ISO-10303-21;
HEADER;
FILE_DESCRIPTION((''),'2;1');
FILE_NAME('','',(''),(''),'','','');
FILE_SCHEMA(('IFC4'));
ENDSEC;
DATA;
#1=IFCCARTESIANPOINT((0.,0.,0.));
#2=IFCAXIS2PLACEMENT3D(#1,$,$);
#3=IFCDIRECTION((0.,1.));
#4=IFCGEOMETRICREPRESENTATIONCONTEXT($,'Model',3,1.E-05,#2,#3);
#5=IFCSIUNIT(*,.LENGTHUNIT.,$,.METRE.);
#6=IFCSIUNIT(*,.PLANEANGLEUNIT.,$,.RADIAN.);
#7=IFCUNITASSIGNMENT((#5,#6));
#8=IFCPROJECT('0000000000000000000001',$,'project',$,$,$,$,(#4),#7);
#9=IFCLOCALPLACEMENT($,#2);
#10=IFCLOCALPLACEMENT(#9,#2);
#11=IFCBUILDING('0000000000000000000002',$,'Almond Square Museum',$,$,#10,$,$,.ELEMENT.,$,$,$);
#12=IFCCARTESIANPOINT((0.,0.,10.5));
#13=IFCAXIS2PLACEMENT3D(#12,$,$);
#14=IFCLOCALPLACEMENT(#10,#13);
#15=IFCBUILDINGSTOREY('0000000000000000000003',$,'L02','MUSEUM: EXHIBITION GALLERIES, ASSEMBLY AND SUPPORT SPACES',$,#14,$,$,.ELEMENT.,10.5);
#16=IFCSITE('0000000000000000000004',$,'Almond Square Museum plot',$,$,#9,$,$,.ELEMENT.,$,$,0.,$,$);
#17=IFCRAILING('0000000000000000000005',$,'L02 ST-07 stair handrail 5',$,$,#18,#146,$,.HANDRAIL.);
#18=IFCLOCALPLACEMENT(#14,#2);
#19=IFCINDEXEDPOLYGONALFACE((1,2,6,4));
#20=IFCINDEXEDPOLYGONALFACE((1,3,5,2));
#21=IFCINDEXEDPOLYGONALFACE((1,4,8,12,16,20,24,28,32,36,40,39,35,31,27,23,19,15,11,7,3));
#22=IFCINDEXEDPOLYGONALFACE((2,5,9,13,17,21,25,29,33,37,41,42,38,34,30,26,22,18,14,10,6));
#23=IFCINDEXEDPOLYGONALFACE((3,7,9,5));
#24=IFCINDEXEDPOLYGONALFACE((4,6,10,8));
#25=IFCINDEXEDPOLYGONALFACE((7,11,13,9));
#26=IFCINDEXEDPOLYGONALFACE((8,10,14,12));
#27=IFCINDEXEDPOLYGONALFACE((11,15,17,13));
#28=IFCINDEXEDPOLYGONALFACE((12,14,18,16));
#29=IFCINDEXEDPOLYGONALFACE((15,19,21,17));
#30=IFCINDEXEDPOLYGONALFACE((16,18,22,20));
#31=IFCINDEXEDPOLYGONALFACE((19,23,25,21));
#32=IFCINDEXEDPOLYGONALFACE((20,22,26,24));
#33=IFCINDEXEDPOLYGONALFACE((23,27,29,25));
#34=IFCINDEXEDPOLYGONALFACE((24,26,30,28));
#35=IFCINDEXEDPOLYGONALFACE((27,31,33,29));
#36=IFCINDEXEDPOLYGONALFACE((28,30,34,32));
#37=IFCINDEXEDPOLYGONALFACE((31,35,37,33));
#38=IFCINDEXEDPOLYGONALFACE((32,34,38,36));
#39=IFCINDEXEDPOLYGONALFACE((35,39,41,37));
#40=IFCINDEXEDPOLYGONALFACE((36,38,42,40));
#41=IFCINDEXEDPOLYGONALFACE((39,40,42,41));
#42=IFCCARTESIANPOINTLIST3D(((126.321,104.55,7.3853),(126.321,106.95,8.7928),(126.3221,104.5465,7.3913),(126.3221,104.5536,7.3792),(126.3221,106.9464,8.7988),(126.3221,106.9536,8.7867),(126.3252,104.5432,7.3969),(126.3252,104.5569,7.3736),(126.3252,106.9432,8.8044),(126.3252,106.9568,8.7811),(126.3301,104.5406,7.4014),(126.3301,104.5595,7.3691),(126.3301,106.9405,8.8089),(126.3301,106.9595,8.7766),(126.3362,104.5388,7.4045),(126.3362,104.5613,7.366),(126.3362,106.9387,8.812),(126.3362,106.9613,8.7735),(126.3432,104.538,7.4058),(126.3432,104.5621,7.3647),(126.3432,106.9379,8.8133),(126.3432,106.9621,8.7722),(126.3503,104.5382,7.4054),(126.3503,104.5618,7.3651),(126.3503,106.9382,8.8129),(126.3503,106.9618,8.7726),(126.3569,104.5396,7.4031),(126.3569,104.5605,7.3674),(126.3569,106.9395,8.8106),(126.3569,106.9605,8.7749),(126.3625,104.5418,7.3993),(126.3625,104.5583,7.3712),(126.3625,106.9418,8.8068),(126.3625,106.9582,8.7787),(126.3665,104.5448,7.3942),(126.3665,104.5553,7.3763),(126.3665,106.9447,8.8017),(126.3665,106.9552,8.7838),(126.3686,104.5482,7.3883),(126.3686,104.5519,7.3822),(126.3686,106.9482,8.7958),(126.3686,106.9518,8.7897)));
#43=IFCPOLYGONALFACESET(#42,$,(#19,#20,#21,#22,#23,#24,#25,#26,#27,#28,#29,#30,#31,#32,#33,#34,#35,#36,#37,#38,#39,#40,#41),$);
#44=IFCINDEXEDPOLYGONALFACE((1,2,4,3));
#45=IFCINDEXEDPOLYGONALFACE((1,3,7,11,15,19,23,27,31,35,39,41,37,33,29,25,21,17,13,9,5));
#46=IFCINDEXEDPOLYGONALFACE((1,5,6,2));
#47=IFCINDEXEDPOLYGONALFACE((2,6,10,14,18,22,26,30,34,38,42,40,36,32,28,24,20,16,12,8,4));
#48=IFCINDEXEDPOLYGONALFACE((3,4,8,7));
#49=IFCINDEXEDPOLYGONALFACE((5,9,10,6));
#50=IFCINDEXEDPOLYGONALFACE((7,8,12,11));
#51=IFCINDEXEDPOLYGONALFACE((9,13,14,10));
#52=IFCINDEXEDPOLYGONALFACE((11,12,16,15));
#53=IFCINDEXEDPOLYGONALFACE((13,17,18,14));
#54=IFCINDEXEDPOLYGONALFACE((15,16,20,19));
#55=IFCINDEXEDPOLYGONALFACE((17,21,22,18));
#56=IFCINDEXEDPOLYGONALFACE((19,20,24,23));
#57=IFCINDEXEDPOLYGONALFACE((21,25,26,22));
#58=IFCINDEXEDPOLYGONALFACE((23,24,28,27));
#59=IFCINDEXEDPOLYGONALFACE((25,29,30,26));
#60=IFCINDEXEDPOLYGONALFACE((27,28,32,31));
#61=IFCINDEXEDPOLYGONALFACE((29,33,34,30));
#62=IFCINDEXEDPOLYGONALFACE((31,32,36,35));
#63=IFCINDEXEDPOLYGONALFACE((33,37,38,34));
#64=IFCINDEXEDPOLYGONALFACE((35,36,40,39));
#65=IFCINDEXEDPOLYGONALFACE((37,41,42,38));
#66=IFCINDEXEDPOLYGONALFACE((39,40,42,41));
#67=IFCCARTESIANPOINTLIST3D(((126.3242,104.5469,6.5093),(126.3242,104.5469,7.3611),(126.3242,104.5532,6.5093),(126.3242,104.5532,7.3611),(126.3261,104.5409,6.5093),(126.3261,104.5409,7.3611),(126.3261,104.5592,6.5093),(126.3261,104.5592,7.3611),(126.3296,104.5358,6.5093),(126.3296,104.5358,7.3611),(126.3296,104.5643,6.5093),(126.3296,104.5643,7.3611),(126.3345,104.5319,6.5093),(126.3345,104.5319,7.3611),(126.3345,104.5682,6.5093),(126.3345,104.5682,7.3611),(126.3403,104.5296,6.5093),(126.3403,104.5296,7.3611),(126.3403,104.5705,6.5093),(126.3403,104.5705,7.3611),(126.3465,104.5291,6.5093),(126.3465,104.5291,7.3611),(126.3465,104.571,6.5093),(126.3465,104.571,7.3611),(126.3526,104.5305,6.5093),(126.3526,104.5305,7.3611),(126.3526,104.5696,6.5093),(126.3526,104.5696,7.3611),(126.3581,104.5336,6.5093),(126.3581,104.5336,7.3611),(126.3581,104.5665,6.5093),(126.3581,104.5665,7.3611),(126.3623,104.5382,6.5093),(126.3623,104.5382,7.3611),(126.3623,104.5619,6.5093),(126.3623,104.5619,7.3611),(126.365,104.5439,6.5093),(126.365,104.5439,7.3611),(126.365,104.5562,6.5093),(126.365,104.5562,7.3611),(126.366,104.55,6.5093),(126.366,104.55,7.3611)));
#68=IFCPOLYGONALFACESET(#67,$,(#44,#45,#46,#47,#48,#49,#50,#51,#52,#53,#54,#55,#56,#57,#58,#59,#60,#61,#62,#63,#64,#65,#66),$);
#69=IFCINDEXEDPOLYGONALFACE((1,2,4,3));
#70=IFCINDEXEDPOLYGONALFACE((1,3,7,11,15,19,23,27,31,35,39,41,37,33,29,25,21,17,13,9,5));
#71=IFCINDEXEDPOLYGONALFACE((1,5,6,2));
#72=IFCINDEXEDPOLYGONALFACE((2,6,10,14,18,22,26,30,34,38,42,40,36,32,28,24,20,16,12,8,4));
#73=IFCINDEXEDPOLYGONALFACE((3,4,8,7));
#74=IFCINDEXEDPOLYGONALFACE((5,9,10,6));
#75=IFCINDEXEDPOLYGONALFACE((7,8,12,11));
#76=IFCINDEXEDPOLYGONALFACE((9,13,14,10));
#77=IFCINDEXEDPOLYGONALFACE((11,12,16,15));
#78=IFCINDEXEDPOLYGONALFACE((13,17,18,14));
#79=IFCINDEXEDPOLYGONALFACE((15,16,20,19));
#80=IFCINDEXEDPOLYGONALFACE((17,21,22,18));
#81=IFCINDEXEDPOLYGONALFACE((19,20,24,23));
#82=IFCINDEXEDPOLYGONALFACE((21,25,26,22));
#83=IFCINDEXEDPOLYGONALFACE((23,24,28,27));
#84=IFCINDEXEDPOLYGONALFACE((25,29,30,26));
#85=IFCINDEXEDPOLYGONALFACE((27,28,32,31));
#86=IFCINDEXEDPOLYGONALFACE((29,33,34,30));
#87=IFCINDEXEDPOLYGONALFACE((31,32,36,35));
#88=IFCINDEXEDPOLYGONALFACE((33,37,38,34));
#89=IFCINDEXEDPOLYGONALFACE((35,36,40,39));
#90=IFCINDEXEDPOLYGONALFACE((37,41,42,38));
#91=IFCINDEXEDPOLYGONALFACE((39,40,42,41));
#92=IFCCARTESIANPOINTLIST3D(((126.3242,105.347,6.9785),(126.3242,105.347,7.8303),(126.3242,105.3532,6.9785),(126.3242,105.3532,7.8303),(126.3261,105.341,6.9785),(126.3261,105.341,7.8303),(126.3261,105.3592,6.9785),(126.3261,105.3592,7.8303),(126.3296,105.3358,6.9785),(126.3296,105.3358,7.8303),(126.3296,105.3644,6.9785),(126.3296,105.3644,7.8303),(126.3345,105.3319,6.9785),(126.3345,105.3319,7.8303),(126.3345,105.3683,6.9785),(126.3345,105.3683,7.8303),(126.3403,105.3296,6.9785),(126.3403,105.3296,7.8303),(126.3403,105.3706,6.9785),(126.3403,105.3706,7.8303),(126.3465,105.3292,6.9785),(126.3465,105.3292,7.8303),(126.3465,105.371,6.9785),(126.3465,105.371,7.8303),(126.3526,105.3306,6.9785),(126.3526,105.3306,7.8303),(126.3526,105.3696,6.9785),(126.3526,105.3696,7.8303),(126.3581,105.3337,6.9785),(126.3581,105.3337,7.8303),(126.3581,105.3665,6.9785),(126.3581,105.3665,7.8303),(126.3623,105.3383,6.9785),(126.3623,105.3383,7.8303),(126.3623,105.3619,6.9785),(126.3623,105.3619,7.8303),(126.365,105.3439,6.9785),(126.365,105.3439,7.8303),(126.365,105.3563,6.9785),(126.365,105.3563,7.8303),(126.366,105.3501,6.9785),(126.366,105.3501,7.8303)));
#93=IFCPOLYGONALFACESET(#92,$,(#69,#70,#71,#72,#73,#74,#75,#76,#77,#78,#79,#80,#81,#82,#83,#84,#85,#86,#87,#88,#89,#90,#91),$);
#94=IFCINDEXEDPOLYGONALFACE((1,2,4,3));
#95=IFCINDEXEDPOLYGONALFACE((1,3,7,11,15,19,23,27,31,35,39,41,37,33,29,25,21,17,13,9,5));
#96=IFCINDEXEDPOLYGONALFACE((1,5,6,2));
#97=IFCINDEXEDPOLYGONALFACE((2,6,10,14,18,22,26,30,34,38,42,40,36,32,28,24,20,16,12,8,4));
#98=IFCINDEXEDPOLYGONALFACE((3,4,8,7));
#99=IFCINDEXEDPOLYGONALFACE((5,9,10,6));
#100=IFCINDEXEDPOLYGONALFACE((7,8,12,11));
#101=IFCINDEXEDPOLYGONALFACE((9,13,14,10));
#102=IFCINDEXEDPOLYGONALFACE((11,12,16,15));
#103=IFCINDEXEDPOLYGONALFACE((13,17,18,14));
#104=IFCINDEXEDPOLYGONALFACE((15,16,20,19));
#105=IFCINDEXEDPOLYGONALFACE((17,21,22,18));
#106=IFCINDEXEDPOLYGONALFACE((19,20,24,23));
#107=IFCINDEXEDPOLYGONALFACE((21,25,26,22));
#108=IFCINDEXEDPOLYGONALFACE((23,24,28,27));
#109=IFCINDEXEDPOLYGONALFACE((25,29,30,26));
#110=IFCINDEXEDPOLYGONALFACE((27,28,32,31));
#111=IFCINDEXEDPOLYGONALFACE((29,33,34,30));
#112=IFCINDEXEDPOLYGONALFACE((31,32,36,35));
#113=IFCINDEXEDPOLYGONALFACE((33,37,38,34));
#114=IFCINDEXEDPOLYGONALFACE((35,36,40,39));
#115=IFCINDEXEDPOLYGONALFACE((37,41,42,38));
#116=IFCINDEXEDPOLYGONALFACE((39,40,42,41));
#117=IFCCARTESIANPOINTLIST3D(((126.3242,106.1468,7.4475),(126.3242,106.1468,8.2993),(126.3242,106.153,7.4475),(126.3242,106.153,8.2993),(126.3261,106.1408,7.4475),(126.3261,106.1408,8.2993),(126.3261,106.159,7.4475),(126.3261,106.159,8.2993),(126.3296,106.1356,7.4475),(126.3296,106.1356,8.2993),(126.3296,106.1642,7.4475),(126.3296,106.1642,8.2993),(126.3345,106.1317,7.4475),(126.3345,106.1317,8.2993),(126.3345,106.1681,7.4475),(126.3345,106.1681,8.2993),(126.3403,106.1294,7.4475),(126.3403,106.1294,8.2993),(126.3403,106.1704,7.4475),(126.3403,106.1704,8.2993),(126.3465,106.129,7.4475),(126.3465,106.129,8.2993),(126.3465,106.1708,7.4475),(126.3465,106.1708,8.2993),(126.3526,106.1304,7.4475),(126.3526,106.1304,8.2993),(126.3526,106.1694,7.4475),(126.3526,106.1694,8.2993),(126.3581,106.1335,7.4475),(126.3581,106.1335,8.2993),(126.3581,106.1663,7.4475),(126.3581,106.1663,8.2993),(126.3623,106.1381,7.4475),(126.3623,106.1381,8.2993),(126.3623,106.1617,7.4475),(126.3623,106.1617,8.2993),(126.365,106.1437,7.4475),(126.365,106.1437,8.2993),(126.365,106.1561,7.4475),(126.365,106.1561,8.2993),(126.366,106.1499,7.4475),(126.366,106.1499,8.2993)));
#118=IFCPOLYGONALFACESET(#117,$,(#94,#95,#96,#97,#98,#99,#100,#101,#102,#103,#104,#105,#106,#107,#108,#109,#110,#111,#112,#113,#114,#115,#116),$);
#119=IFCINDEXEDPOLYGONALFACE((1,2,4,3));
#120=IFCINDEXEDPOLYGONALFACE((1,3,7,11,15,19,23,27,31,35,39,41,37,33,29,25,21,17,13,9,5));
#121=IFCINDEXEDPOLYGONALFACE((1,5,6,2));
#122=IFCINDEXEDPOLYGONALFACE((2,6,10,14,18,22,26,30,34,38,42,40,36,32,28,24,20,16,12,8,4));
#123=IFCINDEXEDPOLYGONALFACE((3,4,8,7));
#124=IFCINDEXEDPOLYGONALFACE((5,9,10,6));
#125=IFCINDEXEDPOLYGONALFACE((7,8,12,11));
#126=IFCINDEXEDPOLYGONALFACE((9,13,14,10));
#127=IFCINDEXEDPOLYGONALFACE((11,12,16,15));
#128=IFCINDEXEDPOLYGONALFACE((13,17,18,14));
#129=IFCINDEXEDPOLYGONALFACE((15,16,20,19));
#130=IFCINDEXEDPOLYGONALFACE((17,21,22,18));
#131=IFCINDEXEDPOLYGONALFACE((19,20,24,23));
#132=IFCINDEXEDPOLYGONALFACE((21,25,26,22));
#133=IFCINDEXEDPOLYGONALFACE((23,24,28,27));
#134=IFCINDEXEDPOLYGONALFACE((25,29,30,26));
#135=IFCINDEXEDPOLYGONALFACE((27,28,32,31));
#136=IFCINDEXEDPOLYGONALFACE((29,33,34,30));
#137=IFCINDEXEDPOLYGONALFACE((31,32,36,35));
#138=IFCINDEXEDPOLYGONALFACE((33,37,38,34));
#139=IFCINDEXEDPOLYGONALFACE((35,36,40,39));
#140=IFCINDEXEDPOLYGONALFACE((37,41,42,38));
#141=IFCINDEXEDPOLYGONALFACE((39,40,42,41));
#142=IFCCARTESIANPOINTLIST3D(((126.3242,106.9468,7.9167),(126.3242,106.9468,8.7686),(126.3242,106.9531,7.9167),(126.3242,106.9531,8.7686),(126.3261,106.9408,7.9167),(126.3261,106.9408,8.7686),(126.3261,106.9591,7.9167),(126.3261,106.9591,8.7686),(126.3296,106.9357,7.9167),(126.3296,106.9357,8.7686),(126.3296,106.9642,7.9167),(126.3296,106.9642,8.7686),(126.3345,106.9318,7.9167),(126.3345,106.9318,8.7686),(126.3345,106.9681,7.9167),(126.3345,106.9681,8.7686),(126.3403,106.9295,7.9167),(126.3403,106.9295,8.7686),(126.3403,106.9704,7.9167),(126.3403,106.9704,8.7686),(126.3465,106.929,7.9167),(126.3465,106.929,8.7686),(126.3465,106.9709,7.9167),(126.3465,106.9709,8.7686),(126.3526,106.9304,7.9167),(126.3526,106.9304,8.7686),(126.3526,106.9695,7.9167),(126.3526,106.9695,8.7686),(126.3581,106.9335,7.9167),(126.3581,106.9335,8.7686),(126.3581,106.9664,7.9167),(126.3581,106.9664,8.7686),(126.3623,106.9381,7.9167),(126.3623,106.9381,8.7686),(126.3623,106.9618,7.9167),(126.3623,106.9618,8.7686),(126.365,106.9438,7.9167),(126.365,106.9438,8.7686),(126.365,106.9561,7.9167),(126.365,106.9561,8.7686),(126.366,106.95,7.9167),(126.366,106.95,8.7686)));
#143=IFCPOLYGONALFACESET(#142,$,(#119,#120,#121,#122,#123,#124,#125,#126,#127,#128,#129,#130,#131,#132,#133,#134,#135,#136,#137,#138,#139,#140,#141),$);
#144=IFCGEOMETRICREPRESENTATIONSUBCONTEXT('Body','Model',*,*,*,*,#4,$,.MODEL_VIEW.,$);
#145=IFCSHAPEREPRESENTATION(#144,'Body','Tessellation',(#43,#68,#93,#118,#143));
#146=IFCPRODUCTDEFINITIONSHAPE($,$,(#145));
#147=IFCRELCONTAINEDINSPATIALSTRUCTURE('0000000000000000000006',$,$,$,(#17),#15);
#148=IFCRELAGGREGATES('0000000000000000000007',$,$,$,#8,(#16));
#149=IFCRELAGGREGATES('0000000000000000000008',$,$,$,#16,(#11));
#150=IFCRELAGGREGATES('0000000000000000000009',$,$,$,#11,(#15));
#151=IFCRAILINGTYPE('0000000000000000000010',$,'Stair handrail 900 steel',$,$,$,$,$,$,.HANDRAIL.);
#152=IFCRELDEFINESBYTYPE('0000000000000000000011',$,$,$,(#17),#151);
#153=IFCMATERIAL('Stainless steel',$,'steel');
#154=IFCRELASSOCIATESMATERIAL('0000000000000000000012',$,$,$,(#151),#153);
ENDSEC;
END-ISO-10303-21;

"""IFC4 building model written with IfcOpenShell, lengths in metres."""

from ifc_helpers import new_model, si_unit, direction, frame, origin, origin_2d, place, context, subcontext, project, spatial, circle, extrude, material, type_object, element, save


model = new_model("IFC4")

# Units and contexts
model_context = context("Model", 3, precision=1e-05, world=origin(), true_north=direction((0.0, 1.0)))
body_context = subcontext(model_context, "Body", "Model", "MODEL_VIEW")
ifc_project = project(units=[si_unit("LENGTHUNIT", "METRE"), si_unit("PLANEANGLEUNIT", "RADIAN")], contexts=[model_context])

# Site, building, storey
site_placement = place(None, origin())
site = spatial("IfcSite", under=ifc_project, at=site_placement, Name="Almond Square Museum plot", CompositionType="ELEMENT", RefElevation=0.0)
building_placement = place(site_placement, origin())
building = spatial("IfcBuilding", under=site, at=building_placement, Name="Almond Square Museum", CompositionType="ELEMENT")
storey_placement = place(building_placement, frame((0.0, 0.0, 10.5)))
storey = spatial("IfcBuildingStorey", under=building, at=storey_placement, Name="L02", Description="MUSEUM: EXHIBITION GALLERIES, ASSEMBLY AND SUPPORT SPACES", CompositionType="ELEMENT", Elevation=10.5)

# Railing
ifc_material_1 = material(Name="Stainless steel", Category="steel")
railing_type_1 = type_object("IfcRailingType", Name="Stair handrail 900 steel", PredefinedType="HANDRAIL", material=ifc_material_1)
for number, where, name in (
    (1, (126.345, 104.55, 6.5093), "L02 ST-07 stair handrail 5"),
):
    element("IfcRailing", number, at=place(storey_placement, frame(where)), inside=storey, type_object=railing_type_1, Name=name, PredefinedType="HANDRAIL", context=body_context, shape_type="SweptSolid", body=[
        extrude(circle(Radius=0.0239, at=origin_2d()), frame((0.0, 0.0, 0.876), z_axis=(0.0, 0.862599, 0.505888), x_axis=(-1.0, 0.0, 0.0)), (0.0, 0.0, 1.0), 2.7822),
        extrude(circle(Radius=0.021, at=origin_2d()), origin(), (0.0, 0.0, 1.0), 0.8518),
        extrude(circle(Radius=0.021, at=origin_2d()), frame((0.0, 0.8, 0.4692)), (0.0, 0.0, 1.0), 0.8518),
        extrude(circle(Radius=0.021, at=origin_2d()), frame((0.0, 1.5999, 0.9382)), (0.0, 0.0, 1.0), 0.8518),
        extrude(circle(Radius=0.021, at=origin_2d()), frame((0.0, 2.3999, 1.4075)), (0.0, 0.0, 1.0), 0.8518),
    ])

save(model, "model.ifc")
